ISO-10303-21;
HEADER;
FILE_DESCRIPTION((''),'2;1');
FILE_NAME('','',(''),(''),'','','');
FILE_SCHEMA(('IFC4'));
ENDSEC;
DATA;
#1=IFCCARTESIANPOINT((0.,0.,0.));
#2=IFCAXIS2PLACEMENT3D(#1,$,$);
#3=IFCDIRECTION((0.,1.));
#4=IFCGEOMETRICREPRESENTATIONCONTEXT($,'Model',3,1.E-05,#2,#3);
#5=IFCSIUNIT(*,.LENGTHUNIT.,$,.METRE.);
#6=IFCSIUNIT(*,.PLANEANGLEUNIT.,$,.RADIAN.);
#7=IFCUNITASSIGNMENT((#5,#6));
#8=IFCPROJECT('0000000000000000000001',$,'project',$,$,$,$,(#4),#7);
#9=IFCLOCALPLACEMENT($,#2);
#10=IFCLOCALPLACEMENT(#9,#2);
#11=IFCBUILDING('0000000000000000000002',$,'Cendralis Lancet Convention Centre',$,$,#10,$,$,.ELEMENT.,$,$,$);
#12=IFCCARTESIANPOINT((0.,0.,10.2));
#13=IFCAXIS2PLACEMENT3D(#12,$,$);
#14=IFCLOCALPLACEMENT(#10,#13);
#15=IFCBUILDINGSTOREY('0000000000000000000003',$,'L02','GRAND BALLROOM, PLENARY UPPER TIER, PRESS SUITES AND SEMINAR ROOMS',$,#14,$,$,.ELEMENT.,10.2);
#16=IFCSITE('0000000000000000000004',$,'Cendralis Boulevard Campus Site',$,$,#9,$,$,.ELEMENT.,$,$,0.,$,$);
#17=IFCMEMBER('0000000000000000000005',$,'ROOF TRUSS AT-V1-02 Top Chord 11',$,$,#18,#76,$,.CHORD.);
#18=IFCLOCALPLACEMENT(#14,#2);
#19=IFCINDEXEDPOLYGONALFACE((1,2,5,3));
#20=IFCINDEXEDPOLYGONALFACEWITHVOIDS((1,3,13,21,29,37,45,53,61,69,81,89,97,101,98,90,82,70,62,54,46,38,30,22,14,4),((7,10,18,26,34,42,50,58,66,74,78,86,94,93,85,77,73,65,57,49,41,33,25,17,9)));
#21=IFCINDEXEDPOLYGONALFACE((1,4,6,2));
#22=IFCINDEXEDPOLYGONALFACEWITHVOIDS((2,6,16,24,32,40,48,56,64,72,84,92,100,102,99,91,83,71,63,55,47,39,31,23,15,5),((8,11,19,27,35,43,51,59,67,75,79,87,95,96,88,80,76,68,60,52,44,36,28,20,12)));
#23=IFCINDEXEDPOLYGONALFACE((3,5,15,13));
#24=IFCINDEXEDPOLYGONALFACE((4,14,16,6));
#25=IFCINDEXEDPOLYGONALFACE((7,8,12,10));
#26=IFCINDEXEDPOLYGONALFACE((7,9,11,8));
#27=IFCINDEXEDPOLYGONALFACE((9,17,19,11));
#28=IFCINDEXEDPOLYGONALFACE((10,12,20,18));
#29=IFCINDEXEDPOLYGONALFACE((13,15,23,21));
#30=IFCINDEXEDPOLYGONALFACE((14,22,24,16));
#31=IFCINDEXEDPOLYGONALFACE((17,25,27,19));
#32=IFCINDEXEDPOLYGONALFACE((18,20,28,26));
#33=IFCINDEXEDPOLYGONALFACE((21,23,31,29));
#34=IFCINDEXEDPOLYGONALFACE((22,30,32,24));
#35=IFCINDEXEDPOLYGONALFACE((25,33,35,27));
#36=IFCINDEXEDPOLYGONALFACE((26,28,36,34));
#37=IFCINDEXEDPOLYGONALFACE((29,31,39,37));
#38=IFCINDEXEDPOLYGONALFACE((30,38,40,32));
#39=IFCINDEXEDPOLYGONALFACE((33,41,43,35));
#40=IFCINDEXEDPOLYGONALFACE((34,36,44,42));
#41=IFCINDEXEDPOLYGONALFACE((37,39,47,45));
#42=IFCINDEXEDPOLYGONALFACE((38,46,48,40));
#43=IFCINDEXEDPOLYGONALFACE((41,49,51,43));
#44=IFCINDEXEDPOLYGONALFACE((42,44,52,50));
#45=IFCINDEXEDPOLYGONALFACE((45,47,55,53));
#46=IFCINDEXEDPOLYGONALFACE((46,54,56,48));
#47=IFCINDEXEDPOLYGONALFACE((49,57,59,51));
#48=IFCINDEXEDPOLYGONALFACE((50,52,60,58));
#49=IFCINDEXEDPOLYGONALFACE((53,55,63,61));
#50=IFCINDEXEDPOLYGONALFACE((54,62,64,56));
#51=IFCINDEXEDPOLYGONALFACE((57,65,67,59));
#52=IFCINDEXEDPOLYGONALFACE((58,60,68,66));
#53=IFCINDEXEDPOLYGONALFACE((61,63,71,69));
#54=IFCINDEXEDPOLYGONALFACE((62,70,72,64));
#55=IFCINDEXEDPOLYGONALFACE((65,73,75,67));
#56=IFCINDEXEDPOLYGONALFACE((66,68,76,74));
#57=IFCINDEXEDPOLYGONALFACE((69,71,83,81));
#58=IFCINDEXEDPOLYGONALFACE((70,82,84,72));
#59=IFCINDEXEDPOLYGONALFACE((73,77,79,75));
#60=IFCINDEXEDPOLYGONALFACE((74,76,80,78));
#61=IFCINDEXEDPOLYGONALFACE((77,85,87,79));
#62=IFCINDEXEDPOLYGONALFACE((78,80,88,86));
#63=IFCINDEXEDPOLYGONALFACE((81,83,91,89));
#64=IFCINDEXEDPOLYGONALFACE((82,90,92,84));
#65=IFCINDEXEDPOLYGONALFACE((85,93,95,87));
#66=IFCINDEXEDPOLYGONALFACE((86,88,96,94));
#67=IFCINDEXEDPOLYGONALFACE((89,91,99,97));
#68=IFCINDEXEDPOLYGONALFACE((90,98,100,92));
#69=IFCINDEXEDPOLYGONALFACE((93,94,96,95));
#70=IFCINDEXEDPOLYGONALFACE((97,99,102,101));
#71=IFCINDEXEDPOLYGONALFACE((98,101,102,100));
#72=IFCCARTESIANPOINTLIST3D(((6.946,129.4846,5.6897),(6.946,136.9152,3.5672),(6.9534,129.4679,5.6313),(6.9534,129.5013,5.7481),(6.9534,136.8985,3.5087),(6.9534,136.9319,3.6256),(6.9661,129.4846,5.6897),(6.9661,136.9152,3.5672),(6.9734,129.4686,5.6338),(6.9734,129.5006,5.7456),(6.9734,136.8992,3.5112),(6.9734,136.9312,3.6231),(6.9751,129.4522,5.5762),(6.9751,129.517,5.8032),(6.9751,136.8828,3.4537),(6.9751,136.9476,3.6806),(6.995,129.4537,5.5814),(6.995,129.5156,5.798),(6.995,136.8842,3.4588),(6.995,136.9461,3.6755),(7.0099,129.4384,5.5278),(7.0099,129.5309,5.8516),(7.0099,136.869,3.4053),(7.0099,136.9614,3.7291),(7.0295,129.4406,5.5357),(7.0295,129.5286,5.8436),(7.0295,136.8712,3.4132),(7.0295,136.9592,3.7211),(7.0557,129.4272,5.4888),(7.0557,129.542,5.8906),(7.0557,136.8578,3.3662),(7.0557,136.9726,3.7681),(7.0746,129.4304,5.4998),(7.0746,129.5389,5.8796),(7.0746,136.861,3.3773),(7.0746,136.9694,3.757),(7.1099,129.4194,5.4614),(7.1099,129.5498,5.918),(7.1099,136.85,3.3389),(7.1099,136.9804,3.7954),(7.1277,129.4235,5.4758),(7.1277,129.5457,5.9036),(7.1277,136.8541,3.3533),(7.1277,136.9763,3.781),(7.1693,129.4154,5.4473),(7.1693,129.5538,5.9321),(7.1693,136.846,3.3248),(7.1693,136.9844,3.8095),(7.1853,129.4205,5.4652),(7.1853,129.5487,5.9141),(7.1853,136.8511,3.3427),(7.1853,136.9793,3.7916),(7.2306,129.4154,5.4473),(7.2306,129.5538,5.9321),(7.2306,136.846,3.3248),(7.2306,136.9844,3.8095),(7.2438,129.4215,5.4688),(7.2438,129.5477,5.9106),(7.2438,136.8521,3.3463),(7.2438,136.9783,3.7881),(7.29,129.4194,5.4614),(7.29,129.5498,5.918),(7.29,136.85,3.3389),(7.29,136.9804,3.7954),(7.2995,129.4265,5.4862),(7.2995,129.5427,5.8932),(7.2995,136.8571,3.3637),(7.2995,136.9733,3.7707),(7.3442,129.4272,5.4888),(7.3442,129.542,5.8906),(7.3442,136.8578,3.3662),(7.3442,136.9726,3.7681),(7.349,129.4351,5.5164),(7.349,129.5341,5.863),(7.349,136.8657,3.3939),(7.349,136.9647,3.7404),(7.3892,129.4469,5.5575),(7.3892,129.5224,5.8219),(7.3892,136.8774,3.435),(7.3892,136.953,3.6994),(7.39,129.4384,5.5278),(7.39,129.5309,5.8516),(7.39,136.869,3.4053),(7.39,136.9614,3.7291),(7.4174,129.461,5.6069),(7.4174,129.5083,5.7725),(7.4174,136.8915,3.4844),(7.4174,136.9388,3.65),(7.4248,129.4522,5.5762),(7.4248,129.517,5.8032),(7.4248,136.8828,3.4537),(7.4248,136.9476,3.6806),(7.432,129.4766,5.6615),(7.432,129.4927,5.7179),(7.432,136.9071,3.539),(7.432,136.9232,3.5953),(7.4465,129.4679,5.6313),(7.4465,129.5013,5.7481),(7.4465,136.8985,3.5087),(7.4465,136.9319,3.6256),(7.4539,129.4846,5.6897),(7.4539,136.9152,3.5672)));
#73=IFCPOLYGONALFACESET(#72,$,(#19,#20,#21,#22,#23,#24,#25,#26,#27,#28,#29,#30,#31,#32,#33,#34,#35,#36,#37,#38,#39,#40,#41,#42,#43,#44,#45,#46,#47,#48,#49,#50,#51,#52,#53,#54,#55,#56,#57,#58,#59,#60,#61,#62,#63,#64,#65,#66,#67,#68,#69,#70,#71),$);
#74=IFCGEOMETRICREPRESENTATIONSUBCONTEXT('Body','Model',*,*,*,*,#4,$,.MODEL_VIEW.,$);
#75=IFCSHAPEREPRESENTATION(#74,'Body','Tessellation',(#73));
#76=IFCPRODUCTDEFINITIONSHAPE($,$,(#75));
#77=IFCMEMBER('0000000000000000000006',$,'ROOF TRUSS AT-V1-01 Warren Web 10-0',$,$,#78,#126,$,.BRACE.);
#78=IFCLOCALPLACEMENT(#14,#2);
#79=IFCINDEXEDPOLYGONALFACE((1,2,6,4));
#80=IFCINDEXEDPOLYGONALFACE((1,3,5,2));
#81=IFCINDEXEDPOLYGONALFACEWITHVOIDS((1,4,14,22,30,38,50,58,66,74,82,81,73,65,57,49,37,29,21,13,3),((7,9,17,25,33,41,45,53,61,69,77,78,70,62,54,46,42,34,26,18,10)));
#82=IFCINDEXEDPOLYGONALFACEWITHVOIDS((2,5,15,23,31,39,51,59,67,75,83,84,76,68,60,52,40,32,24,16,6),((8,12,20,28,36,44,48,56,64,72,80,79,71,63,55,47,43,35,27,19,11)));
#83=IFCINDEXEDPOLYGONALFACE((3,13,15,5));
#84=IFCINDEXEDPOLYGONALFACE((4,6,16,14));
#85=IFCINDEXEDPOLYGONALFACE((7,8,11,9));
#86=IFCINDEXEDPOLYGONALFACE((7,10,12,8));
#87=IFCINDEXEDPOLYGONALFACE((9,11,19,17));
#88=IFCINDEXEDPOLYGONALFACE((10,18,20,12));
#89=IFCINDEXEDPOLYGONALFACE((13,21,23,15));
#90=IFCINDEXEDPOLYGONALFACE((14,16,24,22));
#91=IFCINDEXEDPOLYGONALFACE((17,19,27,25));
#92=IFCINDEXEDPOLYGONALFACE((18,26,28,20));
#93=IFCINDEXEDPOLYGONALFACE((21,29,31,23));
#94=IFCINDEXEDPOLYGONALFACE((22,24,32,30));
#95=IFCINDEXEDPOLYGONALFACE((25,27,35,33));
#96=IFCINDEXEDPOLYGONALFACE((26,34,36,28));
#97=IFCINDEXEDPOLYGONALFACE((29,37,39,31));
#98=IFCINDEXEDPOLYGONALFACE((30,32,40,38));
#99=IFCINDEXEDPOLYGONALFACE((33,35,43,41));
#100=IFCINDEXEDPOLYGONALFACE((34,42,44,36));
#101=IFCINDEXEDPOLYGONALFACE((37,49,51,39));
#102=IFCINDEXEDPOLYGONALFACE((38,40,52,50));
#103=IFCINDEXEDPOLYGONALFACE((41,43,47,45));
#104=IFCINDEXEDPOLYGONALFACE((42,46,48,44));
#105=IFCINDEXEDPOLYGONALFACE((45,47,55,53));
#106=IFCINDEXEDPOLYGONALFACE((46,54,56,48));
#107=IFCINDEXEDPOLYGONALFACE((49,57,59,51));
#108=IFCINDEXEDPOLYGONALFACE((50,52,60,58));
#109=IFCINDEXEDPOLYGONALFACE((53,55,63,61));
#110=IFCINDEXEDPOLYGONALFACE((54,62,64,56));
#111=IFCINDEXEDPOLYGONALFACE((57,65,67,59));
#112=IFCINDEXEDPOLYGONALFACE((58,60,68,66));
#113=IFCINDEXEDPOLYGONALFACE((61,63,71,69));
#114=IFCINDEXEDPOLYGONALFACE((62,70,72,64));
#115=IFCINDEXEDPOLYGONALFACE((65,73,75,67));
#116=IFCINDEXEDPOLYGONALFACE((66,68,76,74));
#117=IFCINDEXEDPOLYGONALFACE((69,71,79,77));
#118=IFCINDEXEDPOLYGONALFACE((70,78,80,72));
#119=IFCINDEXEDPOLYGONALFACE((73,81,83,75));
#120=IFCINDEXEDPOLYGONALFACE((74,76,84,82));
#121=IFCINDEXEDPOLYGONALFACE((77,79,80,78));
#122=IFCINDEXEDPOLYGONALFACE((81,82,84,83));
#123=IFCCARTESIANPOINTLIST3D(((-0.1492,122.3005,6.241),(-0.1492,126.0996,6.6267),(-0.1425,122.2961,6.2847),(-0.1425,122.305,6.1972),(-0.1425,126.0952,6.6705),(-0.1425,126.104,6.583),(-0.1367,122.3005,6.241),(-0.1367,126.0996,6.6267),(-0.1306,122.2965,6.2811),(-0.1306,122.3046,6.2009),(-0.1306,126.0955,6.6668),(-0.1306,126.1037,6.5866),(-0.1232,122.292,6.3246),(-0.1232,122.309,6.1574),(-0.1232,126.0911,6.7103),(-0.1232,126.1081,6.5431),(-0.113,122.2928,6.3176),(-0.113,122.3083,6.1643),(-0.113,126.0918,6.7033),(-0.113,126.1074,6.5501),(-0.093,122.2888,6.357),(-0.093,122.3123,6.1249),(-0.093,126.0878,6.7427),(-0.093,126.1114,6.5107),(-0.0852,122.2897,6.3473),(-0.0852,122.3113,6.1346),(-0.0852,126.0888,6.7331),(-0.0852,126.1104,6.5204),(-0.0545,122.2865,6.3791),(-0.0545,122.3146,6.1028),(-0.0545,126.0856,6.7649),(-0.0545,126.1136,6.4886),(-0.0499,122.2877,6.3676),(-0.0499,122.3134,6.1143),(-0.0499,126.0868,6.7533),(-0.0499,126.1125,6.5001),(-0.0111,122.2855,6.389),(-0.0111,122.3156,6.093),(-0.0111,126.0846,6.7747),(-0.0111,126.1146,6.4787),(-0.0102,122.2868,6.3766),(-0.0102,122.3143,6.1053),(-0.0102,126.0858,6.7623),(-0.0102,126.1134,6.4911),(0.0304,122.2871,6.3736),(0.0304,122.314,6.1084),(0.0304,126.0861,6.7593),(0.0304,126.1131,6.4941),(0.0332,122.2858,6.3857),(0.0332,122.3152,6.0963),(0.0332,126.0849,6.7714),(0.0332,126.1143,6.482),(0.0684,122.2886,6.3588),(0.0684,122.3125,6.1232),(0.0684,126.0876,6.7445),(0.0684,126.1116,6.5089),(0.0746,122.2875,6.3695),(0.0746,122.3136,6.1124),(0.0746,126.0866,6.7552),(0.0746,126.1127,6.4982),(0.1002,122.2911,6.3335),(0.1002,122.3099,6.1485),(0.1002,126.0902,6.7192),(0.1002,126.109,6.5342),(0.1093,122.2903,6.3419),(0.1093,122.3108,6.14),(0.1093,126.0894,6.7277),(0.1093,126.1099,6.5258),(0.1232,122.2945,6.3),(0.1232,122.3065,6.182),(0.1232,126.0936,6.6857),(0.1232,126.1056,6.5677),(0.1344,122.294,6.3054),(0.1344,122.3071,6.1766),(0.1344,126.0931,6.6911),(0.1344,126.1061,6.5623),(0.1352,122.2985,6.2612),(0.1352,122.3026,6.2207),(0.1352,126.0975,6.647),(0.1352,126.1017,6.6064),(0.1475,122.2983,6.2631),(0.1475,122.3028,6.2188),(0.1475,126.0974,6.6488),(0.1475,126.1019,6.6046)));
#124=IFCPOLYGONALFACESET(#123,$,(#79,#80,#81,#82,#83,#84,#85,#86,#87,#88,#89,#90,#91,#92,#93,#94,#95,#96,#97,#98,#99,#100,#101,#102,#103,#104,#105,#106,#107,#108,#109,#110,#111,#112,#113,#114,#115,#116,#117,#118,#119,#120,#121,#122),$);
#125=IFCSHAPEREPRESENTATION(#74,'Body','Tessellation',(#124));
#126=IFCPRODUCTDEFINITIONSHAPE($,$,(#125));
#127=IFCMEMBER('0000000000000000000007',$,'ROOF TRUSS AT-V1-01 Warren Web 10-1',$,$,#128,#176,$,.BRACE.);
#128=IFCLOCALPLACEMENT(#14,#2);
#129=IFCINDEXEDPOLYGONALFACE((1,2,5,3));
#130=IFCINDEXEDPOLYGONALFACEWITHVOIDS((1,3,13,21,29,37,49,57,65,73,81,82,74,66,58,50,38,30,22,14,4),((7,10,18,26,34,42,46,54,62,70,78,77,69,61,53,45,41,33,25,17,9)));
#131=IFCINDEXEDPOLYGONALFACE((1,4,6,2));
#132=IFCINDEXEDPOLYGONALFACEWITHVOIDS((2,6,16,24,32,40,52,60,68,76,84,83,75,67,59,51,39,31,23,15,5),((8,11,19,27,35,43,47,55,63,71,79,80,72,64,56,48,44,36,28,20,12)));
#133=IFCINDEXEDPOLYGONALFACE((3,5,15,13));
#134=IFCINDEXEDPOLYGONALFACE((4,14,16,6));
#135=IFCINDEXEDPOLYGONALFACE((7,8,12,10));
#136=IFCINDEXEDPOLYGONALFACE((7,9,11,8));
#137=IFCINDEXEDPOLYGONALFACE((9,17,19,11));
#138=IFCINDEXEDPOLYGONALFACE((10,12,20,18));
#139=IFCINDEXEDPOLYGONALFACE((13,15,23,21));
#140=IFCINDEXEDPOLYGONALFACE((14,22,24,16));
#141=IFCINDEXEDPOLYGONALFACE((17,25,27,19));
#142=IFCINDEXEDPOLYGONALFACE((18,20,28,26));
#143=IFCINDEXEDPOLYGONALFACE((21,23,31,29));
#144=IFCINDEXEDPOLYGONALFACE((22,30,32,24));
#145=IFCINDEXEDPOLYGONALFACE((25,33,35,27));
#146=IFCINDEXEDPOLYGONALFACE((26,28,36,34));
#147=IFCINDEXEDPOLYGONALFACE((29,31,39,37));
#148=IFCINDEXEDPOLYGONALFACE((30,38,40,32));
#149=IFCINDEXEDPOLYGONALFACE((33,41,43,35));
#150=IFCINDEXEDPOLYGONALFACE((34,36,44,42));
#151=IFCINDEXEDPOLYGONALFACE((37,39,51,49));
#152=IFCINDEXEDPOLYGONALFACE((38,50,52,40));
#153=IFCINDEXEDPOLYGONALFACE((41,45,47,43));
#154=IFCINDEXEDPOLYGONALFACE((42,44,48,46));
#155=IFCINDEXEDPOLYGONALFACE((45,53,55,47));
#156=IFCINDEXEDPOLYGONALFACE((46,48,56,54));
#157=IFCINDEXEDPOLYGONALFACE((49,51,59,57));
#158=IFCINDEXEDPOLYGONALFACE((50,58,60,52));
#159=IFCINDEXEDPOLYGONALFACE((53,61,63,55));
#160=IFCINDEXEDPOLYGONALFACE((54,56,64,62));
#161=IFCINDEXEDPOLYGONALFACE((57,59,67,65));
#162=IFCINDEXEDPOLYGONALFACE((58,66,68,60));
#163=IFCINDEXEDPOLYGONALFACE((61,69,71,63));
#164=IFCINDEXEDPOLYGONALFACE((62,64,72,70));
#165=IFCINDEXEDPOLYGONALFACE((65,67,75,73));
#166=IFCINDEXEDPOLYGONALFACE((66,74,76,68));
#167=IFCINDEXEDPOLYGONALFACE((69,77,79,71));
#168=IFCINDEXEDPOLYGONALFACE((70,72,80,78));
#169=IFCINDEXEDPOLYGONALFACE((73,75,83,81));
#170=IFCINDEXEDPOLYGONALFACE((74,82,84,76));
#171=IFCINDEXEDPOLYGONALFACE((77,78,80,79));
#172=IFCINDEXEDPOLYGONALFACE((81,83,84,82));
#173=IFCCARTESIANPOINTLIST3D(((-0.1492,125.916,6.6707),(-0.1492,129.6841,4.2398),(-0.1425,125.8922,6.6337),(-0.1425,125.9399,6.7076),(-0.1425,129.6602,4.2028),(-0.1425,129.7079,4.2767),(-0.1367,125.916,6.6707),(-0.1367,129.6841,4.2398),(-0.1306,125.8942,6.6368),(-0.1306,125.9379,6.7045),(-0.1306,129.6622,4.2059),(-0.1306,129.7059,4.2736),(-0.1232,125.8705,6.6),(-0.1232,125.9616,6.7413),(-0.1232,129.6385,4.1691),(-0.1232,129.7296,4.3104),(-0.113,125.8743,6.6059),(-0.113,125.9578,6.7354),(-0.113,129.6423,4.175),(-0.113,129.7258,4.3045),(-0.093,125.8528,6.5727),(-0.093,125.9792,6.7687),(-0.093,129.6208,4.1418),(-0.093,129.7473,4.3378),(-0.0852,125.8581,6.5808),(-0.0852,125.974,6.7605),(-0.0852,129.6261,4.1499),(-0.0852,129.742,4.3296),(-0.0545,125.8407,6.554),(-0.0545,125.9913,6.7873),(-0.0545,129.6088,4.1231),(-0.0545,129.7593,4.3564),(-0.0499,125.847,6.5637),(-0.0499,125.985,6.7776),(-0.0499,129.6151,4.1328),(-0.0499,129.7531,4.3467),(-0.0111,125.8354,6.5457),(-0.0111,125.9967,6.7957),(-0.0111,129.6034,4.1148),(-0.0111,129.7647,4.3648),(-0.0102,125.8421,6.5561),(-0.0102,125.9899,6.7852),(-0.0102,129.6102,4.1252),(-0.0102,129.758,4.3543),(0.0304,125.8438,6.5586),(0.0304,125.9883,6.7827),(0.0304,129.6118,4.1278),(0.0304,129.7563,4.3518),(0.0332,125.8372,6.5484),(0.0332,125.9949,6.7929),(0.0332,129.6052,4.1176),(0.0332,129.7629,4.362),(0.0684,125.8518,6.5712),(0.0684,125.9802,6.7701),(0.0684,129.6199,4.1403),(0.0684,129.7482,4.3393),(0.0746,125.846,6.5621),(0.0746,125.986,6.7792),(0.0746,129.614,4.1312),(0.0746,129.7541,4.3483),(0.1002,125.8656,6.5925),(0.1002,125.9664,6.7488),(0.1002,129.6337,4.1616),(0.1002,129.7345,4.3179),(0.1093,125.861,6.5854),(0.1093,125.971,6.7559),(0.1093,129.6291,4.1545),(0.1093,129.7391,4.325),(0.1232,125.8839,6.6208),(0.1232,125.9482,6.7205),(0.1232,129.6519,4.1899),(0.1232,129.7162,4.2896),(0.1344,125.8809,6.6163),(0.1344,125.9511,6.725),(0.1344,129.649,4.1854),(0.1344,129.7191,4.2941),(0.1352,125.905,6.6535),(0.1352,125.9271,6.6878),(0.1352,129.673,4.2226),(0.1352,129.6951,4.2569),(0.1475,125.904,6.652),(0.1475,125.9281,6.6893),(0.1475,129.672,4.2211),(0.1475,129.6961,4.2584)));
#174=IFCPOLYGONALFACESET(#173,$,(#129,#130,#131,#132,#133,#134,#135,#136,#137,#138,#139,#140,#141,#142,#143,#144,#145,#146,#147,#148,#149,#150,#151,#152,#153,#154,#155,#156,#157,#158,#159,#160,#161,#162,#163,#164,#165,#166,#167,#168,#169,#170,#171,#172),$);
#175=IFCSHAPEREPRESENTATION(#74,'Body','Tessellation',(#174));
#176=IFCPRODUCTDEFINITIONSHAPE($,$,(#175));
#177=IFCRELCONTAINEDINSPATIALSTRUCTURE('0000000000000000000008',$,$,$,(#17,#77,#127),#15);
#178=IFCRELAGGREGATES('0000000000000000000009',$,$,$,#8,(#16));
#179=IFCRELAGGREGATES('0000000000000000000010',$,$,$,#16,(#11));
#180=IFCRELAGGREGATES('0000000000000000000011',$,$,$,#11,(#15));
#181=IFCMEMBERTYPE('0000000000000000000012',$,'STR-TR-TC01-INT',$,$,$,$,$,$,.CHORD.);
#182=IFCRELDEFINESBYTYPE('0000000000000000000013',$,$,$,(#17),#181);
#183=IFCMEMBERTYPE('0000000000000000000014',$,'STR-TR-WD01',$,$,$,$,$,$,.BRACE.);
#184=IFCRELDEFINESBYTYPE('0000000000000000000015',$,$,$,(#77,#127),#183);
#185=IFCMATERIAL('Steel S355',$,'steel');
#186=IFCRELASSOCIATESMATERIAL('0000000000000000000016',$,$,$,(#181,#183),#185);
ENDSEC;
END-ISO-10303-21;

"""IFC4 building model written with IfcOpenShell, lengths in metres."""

from ifc_helpers import new_model, si_unit, direction, frame, origin, origin_2d, place, context, subcontext, project, spatial, hollow_circle, extrude, material, material_profile, profile_set, type_object, element, save


model = new_model("IFC4")

# Units and contexts
model_context = context("Model", 3, precision=1e-05, world=origin(), true_north=direction((0.0, 1.0)))
body_context = subcontext(model_context, "Body", "Model", "MODEL_VIEW")
ifc_project = project(units=[si_unit("LENGTHUNIT", "METRE"), si_unit("PLANEANGLEUNIT", "RADIAN")], contexts=[model_context])

# Site, building, storey
site_placement = place(None, origin())
site = spatial("IfcSite", under=ifc_project, at=site_placement, Name="Cendralis Boulevard Campus Site", CompositionType="ELEMENT", RefElevation=0.0)
building_placement = place(site_placement, origin())
building = spatial("IfcBuilding", under=site, at=building_placement, Name="Cendralis Lancet Convention Centre", CompositionType="ELEMENT")
storey_placement = place(building_placement, frame((0.0, 0.0, 10.2)))
storey = spatial("IfcBuildingStorey", under=building, at=storey_placement, Name="L02", Description="GRAND BALLROOM, PLENARY UPPER TIER, PRESS SUITES AND SEMINAR ROOMS", CompositionType="ELEMENT", Elevation=10.2)

# Members
ifc_material_1 = material(Name="Steel S355", Category="steel")
ifc_material_profile_1 = material_profile(ifc_material_1, hollow_circle(Radius=0.2539, WallThickness=0.02, at=origin_2d()), Name="CHS 508.0x20.0")
ifc_profile_set_1 = profile_set([ifc_material_profile_1], Name="Steel S355")
member_type_1 = type_object("IfcMemberType", Name="STR-TR-TC01-INT", PredefinedType="CHORD", material=ifc_profile_set_1)
member_1_placement = place(storey_placement, frame((7.2, 129.4846, 5.6897), z_axis=(0.0, 0.961541, -0.274663), x_axis=(-1.0, 0.0, 0.0)))
element("IfcMember", 1, at=member_1_placement, inside=storey, type_object=member_type_1, Name="ROOF TRUSS AT-V1-02 Top Chord 11", PredefinedType="CHORD", context=body_context, shape_type="SweptSolid", body=[
    extrude(hollow_circle(Radius=0.2539, WallThickness=0.02, at=origin_2d()), origin(), (0.0, 0.0, 1.0), 7.7278),
])
ifc_material_profile_2 = material_profile(ifc_material_1, hollow_circle(Radius=0.1492, WallThickness=0.0125, at=origin_2d()), Name="CHS 298.5x12.5")
ifc_profile_set_2 = profile_set([ifc_material_profile_2], Name="Steel S355")
member_type_2 = type_object("IfcMemberType", Name="STR-TR-WD01", PredefinedType="BRACE", material=ifc_profile_set_2)
member_2_placement = place(storey_placement, frame((0.0, 122.3005, 6.241), z_axis=(0.0, 0.994885, 0.101017), x_axis=(-1.0, 0.0, 0.0)))
element("IfcMember", 2, at=member_2_placement, inside=storey, type_object=member_type_2, Name="ROOF TRUSS AT-V1-01 Warren Web 10-0", PredefinedType="BRACE", context=body_context, shape_type="SweptSolid", body=[
    extrude(hollow_circle(Radius=0.1492, WallThickness=0.0125, at=origin_2d()), origin(), (0.0, 0.0, 1.0), 3.8186),
])
member_3_placement = place(storey_placement, frame((0.0, 125.916, 6.6707), z_axis=(0.0, 0.840307, -0.542111), x_axis=(-1.0, 0.0, 0.0)))
element("IfcMember", 3, at=member_3_placement, inside=storey, type_object=member_type_2, Name="ROOF TRUSS AT-V1-01 Warren Web 10-1", PredefinedType="BRACE", context=body_context, shape_type="SweptSolid", body=[
    extrude(hollow_circle(Radius=0.1492, WallThickness=0.0125, at=origin_2d()), origin(), (0.0, 0.0, 1.0), 4.4841),
])

save(model, "model.ifc")
